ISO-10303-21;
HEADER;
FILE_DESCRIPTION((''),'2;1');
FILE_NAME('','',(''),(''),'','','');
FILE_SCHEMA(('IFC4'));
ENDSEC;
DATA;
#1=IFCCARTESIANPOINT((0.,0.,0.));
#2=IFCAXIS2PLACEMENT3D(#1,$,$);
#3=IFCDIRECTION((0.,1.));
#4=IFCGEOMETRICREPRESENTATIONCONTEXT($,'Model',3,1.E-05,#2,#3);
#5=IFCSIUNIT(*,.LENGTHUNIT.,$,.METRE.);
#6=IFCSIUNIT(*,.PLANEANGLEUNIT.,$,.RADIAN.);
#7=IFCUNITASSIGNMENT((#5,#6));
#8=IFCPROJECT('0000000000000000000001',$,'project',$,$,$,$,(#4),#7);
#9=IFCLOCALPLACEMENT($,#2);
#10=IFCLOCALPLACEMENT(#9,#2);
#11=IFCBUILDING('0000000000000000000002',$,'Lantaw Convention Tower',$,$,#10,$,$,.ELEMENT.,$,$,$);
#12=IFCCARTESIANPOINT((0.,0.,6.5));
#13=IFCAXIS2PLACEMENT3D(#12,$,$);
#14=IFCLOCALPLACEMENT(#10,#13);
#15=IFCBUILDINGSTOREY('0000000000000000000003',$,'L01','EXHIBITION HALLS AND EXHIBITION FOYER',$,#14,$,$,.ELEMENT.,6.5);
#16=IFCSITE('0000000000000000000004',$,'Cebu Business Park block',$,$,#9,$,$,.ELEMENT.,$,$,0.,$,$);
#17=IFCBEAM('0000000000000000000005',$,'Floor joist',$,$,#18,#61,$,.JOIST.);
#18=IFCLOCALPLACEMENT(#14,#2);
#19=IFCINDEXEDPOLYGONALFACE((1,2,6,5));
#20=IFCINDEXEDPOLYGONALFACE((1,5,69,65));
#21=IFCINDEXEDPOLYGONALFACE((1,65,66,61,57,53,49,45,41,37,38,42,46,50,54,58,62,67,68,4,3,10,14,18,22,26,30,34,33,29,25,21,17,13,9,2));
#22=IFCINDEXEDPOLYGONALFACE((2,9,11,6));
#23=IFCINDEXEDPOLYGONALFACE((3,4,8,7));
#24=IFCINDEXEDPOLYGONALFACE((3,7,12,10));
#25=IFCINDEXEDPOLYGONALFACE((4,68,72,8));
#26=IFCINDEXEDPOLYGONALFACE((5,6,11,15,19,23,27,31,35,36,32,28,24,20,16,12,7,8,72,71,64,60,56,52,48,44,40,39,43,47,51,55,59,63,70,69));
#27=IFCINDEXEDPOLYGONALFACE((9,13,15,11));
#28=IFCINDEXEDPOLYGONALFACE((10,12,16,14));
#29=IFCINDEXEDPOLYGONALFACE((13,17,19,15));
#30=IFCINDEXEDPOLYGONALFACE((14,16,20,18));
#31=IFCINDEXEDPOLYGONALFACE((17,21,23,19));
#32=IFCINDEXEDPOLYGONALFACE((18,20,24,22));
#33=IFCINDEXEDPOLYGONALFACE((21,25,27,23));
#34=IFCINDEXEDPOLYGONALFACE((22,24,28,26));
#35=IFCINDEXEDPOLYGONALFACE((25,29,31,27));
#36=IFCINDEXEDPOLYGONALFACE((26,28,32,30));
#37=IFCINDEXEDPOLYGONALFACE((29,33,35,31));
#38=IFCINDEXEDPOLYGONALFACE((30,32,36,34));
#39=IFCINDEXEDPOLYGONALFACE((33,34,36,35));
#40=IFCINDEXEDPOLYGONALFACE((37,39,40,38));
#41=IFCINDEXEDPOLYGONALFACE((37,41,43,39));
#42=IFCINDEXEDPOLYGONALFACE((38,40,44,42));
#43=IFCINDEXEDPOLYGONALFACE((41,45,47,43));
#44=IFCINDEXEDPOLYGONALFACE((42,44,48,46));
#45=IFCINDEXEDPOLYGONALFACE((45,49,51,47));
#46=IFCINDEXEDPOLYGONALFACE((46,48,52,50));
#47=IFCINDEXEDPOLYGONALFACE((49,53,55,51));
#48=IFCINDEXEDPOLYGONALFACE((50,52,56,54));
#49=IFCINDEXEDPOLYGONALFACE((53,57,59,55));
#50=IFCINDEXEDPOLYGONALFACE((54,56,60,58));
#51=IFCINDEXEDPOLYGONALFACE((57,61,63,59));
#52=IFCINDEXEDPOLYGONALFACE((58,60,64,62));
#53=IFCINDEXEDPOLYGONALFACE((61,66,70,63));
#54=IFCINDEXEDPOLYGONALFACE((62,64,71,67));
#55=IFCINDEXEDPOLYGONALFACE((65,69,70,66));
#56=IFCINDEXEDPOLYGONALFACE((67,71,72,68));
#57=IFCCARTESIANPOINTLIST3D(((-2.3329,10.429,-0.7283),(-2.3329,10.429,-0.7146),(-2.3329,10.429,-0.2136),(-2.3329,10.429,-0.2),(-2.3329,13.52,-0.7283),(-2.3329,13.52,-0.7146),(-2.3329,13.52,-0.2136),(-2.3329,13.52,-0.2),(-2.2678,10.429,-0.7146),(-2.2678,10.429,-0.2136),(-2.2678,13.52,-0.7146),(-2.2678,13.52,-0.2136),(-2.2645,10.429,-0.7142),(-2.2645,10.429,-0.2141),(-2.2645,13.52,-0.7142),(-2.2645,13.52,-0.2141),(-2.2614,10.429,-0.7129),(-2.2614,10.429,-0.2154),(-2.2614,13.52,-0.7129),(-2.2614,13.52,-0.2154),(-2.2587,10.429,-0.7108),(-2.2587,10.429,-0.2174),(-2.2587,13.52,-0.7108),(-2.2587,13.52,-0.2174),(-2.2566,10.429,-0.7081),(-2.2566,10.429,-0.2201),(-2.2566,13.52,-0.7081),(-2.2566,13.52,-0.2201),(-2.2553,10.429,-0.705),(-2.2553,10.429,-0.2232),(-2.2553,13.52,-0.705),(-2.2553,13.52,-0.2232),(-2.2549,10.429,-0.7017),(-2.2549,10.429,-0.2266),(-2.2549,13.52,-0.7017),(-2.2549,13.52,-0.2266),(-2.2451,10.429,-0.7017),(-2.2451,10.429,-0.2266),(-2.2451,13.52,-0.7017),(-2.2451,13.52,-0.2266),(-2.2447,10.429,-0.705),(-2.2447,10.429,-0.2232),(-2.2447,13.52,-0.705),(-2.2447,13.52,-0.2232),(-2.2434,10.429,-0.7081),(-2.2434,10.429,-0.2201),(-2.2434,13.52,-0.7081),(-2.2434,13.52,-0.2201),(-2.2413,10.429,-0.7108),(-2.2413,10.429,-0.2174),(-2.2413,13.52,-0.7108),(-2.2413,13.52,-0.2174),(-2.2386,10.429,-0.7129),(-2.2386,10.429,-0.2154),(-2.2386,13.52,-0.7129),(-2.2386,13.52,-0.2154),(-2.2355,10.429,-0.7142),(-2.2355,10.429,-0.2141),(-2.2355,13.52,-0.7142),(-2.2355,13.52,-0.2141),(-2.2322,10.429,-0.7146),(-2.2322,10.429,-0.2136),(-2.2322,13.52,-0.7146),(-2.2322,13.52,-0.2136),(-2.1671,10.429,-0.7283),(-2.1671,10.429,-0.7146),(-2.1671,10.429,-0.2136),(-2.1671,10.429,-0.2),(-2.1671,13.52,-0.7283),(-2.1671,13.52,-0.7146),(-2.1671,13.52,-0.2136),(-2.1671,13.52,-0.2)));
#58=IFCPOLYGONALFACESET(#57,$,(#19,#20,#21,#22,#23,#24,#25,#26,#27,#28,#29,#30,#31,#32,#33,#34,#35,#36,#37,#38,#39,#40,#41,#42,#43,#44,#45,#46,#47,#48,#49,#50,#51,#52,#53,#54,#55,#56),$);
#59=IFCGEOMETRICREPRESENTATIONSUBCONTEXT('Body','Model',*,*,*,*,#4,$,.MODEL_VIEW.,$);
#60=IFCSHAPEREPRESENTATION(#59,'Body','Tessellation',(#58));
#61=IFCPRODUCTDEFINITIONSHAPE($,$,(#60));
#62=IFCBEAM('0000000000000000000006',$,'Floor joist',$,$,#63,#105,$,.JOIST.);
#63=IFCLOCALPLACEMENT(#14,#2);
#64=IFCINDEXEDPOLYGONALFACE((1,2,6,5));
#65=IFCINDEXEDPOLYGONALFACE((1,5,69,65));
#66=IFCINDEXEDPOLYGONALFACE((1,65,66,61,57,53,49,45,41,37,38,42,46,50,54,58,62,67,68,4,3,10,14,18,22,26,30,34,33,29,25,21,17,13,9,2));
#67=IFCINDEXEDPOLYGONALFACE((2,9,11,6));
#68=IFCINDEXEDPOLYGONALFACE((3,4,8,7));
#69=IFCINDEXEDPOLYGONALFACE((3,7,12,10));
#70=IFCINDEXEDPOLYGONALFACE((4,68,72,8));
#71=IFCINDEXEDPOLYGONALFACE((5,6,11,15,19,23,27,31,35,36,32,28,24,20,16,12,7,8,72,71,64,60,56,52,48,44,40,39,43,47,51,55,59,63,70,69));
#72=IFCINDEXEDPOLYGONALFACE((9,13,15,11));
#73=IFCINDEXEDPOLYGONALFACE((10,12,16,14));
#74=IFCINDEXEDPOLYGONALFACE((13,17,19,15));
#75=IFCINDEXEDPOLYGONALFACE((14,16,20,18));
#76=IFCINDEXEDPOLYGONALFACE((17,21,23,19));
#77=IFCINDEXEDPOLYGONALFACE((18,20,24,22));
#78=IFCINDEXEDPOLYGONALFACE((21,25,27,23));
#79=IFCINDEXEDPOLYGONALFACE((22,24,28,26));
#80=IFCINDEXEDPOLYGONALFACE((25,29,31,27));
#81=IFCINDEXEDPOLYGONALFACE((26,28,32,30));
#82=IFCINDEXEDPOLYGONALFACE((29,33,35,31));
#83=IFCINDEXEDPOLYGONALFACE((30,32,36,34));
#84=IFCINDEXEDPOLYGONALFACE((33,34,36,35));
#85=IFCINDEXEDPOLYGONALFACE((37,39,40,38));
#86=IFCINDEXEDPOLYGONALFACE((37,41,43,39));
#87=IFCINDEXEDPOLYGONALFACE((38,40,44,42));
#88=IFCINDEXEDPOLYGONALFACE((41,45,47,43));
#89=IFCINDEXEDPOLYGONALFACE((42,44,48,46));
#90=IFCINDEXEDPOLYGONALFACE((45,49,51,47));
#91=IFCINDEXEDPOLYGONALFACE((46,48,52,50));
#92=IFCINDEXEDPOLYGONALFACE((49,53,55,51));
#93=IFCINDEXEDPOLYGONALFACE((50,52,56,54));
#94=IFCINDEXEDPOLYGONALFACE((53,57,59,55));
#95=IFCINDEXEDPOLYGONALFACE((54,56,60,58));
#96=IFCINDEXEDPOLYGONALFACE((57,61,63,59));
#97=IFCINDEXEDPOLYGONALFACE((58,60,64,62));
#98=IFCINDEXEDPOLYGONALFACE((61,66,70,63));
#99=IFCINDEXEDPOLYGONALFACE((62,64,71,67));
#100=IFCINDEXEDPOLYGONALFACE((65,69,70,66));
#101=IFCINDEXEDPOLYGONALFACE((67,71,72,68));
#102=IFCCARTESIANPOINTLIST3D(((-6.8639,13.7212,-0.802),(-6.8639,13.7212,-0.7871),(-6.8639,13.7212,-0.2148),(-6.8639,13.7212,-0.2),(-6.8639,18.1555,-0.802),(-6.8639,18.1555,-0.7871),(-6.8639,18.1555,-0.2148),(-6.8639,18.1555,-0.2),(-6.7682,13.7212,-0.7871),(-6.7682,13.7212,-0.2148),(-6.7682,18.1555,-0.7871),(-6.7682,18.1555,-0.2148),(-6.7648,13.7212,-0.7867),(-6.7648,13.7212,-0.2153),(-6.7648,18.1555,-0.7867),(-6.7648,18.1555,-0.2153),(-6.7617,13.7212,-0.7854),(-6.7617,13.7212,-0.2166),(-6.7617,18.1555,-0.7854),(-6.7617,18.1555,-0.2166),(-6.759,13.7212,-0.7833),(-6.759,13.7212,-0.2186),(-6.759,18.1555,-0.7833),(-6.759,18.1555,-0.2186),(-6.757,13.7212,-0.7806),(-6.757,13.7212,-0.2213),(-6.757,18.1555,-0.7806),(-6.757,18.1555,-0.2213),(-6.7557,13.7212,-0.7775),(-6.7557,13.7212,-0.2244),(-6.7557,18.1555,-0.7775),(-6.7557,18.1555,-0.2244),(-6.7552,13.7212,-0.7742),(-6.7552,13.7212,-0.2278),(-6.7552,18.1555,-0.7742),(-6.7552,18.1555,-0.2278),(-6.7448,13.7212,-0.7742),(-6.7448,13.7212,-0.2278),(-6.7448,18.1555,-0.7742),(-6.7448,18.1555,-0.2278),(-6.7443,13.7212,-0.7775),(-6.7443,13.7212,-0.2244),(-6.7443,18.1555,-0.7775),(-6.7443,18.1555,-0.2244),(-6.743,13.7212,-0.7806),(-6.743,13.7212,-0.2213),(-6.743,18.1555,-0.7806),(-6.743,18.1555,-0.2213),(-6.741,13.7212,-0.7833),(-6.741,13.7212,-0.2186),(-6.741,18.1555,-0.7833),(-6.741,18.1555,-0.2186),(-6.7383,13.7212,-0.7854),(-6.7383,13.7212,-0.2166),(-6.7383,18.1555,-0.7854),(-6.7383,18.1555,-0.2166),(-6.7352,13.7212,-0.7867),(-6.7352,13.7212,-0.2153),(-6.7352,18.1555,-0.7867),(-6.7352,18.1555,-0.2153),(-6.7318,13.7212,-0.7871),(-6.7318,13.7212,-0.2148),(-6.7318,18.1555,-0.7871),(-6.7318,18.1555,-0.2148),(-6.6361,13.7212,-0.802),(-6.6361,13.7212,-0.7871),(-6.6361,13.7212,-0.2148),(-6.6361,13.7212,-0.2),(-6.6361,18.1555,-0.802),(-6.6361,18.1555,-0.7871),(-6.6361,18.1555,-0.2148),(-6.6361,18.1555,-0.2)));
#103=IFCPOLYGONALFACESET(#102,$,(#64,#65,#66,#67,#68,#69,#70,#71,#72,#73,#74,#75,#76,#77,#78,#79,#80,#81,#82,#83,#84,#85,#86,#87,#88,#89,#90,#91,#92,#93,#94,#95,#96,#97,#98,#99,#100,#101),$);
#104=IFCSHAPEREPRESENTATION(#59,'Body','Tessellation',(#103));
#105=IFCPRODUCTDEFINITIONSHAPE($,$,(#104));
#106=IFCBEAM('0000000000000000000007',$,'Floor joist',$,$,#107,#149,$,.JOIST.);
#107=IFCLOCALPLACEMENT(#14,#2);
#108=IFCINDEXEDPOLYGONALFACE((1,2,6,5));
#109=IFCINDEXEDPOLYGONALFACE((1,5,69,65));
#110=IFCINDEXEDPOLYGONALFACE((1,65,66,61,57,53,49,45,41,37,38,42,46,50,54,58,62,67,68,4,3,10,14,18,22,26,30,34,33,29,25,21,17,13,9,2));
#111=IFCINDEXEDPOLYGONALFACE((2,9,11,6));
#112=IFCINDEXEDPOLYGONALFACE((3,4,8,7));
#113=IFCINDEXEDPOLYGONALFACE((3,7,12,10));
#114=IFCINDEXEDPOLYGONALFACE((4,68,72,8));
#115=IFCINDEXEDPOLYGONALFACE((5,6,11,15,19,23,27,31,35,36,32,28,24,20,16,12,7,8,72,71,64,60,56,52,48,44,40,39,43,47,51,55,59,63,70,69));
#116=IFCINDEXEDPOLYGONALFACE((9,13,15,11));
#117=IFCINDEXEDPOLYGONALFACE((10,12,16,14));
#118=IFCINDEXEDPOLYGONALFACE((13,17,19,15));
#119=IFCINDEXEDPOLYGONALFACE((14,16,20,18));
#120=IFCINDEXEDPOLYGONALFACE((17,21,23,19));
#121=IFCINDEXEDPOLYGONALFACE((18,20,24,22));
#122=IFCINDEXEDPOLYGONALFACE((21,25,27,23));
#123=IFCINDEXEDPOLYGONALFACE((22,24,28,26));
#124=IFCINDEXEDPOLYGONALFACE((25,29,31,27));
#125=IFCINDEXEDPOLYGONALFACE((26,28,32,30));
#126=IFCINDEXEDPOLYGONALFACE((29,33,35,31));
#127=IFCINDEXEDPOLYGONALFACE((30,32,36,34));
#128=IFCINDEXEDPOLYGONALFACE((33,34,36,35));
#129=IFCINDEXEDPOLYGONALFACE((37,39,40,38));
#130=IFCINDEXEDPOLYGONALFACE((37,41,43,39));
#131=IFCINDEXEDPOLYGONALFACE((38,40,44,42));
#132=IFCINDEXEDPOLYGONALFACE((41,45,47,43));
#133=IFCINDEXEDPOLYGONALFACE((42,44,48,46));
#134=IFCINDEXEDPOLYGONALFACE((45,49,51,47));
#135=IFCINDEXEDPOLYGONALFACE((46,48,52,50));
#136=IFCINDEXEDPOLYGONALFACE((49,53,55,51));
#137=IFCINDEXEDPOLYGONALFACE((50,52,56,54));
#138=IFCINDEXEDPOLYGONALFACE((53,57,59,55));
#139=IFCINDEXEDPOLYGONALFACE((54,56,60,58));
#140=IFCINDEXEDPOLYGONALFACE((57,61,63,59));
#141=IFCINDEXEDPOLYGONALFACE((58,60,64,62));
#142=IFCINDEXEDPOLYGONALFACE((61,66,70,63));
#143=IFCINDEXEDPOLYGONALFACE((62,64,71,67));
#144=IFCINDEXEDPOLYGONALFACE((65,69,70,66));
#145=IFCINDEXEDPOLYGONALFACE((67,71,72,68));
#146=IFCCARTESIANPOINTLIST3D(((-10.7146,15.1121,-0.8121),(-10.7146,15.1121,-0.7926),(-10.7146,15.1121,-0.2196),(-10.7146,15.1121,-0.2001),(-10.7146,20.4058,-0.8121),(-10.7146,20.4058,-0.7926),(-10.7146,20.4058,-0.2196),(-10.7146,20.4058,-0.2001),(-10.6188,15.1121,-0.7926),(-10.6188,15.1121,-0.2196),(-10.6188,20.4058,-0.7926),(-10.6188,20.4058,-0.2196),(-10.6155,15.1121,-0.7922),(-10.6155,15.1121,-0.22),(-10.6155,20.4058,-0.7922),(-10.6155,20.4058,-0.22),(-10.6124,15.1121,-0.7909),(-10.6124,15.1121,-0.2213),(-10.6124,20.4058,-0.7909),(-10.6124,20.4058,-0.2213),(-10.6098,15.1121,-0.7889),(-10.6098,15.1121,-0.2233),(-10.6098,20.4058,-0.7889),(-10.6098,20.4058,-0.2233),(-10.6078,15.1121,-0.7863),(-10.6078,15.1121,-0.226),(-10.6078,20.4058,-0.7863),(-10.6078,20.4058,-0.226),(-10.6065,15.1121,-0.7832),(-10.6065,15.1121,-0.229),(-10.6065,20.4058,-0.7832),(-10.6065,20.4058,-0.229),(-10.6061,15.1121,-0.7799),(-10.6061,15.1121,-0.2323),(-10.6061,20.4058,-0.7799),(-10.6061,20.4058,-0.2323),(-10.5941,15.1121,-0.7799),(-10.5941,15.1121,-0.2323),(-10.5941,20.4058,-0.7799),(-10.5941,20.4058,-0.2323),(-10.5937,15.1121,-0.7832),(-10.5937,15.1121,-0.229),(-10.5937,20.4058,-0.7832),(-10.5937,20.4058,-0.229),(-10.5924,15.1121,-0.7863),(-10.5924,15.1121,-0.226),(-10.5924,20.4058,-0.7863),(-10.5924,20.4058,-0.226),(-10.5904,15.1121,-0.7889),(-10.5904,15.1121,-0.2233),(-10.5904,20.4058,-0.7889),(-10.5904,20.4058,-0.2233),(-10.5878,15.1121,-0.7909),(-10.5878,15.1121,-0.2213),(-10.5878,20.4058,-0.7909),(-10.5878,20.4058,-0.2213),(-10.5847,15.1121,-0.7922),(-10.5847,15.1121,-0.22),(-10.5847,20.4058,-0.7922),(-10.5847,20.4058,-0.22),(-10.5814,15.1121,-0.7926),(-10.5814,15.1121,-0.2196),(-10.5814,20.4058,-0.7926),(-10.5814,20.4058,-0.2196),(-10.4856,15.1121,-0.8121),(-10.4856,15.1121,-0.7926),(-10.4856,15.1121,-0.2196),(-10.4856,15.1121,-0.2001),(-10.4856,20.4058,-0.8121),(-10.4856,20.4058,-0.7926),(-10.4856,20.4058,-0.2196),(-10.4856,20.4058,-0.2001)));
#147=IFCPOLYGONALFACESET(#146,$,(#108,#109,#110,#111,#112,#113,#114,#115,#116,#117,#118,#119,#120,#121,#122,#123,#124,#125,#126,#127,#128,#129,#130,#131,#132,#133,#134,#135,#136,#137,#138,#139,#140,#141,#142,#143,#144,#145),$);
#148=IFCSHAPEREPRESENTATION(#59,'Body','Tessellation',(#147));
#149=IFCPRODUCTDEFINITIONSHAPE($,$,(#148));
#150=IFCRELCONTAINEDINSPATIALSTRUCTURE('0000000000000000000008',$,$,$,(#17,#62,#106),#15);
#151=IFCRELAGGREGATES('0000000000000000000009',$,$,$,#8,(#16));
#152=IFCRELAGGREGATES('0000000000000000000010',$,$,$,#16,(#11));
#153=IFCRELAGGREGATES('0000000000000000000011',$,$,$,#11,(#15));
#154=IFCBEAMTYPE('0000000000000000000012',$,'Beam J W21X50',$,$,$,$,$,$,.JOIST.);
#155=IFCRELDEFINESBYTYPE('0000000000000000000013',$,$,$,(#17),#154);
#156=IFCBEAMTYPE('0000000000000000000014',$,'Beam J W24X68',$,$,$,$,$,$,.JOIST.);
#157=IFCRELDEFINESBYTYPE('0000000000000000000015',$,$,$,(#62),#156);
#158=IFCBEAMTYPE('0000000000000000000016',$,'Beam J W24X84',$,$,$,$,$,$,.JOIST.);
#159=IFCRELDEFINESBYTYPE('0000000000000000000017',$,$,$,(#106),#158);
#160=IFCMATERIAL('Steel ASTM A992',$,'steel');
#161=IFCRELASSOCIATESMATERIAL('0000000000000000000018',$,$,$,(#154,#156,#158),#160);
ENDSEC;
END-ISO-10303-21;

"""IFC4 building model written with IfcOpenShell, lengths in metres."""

from ifc_helpers import new_model, si_unit, direction, frame, origin, origin_2d, place, context, subcontext, project, spatial, i_section, extrude, material, material_profile, profile_set, type_object, element, save


model = new_model("IFC4")

# Units and contexts
model_context = context("Model", 3, precision=1e-05, world=origin(), true_north=direction((0.0, 1.0)))
body_context = subcontext(model_context, "Body", "Model", "MODEL_VIEW")
ifc_project = project(units=[si_unit("LENGTHUNIT", "METRE"), si_unit("PLANEANGLEUNIT", "RADIAN")], contexts=[model_context])

# Site, building, storey
site_placement = place(None, origin())
site = spatial("IfcSite", under=ifc_project, at=site_placement, Name="Cebu Business Park block", CompositionType="ELEMENT", RefElevation=0.0)
building_placement = place(site_placement, origin())
building = spatial("IfcBuilding", under=site, at=building_placement, Name="Lantaw Convention Tower", CompositionType="ELEMENT")
storey_placement = place(building_placement, frame((0.0, 0.0, 6.5)))
storey = spatial("IfcBuildingStorey", under=building, at=storey_placement, Name="L01", Description="EXHIBITION HALLS AND EXHIBITION FOYER", CompositionType="ELEMENT", Elevation=6.5)

# Beams
ifc_material_1 = material(Name="Steel ASTM A992", Category="steel")
ifc_material_profile_1 = material_profile(ifc_material_1, i_section(OverallWidth=0.1658, OverallDepth=0.5283, WebThickness=0.0098, FlangeThickness=0.0137, FilletRadius=0.0129, at=origin_2d()), Name="W21X50")
ifc_profile_set_1 = profile_set([ifc_material_profile_1], Name="Steel ASTM A992")
beam_type_1 = type_object("IfcBeamType", Name="Beam J W21X50", PredefinedType="JOIST", material=ifc_profile_set_1)
beam_1_placement = place(storey_placement, frame((-2.25, 10.429, -0.4641), z_axis=(0.0, 1.0, 0.0), x_axis=(-1.0, 0.0, 0.0)))
element("IfcBeam", 1, at=beam_1_placement, inside=storey, type_object=beam_type_1, Name="Floor joist", PredefinedType="JOIST", context=body_context, shape_type="SweptSolid", body=[
    extrude(i_section(OverallWidth=0.1658, OverallDepth=0.5283, WebThickness=0.0098, FlangeThickness=0.0137, FilletRadius=0.0129, at=origin_2d()), origin(), (0.0, 0.0, 1.0), 3.0911),
])
ifc_material_profile_2 = material_profile(ifc_material_1, i_section(OverallWidth=0.2278, OverallDepth=0.6021, WebThickness=0.0105, FlangeThickness=0.0149, FilletRadius=0.0129, at=origin_2d()), Name="W24X68")
ifc_profile_set_2 = profile_set([ifc_material_profile_2], Name="Steel ASTM A992")
beam_type_2 = type_object("IfcBeamType", Name="Beam J W24X68", PredefinedType="JOIST", material=ifc_profile_set_2)
beam_2_placement = place(storey_placement, frame((-6.75, 13.7212, -0.501), z_axis=(0.0, 1.0, 0.0), x_axis=(-1.0, 0.0, 0.0)))
element("IfcBeam", 2, at=beam_2_placement, inside=storey, type_object=beam_type_2, Name="Floor joist", PredefinedType="JOIST", context=body_context, shape_type="SweptSolid", body=[
    extrude(i_section(OverallWidth=0.2278, OverallDepth=0.6021, WebThickness=0.0105, FlangeThickness=0.0149, FilletRadius=0.0129, at=origin_2d()), origin(), (0.0, 0.0, 1.0), 4.4343),
])
ifc_material_profile_3 = material_profile(ifc_material_1, i_section(OverallWidth=0.229, OverallDepth=0.6121, WebThickness=0.012, FlangeThickness=0.0195, FilletRadius=0.0127, at=origin_2d()), Name="W24X84")
ifc_profile_set_3 = profile_set([ifc_material_profile_3], Name="Steel ASTM A992")
beam_type_3 = type_object("IfcBeamType", Name="Beam J W24X84", PredefinedType="JOIST", material=ifc_profile_set_3)
beam_3_placement = place(storey_placement, frame((-10.6001, 15.1121, -0.5061), z_axis=(0.0, 1.0, 0.0), x_axis=(-1.0, 0.0, 0.0)))
element("IfcBeam", 3, at=beam_3_placement, inside=storey, type_object=beam_type_3, Name="Floor joist", PredefinedType="JOIST", context=body_context, shape_type="SweptSolid", body=[
    extrude(i_section(OverallWidth=0.229, OverallDepth=0.6121, WebThickness=0.012, FlangeThickness=0.0195, FilletRadius=0.0127, at=origin_2d()), origin(), (0.0, 0.0, 1.0), 5.2937),
])

save(model, "model.ifc")
